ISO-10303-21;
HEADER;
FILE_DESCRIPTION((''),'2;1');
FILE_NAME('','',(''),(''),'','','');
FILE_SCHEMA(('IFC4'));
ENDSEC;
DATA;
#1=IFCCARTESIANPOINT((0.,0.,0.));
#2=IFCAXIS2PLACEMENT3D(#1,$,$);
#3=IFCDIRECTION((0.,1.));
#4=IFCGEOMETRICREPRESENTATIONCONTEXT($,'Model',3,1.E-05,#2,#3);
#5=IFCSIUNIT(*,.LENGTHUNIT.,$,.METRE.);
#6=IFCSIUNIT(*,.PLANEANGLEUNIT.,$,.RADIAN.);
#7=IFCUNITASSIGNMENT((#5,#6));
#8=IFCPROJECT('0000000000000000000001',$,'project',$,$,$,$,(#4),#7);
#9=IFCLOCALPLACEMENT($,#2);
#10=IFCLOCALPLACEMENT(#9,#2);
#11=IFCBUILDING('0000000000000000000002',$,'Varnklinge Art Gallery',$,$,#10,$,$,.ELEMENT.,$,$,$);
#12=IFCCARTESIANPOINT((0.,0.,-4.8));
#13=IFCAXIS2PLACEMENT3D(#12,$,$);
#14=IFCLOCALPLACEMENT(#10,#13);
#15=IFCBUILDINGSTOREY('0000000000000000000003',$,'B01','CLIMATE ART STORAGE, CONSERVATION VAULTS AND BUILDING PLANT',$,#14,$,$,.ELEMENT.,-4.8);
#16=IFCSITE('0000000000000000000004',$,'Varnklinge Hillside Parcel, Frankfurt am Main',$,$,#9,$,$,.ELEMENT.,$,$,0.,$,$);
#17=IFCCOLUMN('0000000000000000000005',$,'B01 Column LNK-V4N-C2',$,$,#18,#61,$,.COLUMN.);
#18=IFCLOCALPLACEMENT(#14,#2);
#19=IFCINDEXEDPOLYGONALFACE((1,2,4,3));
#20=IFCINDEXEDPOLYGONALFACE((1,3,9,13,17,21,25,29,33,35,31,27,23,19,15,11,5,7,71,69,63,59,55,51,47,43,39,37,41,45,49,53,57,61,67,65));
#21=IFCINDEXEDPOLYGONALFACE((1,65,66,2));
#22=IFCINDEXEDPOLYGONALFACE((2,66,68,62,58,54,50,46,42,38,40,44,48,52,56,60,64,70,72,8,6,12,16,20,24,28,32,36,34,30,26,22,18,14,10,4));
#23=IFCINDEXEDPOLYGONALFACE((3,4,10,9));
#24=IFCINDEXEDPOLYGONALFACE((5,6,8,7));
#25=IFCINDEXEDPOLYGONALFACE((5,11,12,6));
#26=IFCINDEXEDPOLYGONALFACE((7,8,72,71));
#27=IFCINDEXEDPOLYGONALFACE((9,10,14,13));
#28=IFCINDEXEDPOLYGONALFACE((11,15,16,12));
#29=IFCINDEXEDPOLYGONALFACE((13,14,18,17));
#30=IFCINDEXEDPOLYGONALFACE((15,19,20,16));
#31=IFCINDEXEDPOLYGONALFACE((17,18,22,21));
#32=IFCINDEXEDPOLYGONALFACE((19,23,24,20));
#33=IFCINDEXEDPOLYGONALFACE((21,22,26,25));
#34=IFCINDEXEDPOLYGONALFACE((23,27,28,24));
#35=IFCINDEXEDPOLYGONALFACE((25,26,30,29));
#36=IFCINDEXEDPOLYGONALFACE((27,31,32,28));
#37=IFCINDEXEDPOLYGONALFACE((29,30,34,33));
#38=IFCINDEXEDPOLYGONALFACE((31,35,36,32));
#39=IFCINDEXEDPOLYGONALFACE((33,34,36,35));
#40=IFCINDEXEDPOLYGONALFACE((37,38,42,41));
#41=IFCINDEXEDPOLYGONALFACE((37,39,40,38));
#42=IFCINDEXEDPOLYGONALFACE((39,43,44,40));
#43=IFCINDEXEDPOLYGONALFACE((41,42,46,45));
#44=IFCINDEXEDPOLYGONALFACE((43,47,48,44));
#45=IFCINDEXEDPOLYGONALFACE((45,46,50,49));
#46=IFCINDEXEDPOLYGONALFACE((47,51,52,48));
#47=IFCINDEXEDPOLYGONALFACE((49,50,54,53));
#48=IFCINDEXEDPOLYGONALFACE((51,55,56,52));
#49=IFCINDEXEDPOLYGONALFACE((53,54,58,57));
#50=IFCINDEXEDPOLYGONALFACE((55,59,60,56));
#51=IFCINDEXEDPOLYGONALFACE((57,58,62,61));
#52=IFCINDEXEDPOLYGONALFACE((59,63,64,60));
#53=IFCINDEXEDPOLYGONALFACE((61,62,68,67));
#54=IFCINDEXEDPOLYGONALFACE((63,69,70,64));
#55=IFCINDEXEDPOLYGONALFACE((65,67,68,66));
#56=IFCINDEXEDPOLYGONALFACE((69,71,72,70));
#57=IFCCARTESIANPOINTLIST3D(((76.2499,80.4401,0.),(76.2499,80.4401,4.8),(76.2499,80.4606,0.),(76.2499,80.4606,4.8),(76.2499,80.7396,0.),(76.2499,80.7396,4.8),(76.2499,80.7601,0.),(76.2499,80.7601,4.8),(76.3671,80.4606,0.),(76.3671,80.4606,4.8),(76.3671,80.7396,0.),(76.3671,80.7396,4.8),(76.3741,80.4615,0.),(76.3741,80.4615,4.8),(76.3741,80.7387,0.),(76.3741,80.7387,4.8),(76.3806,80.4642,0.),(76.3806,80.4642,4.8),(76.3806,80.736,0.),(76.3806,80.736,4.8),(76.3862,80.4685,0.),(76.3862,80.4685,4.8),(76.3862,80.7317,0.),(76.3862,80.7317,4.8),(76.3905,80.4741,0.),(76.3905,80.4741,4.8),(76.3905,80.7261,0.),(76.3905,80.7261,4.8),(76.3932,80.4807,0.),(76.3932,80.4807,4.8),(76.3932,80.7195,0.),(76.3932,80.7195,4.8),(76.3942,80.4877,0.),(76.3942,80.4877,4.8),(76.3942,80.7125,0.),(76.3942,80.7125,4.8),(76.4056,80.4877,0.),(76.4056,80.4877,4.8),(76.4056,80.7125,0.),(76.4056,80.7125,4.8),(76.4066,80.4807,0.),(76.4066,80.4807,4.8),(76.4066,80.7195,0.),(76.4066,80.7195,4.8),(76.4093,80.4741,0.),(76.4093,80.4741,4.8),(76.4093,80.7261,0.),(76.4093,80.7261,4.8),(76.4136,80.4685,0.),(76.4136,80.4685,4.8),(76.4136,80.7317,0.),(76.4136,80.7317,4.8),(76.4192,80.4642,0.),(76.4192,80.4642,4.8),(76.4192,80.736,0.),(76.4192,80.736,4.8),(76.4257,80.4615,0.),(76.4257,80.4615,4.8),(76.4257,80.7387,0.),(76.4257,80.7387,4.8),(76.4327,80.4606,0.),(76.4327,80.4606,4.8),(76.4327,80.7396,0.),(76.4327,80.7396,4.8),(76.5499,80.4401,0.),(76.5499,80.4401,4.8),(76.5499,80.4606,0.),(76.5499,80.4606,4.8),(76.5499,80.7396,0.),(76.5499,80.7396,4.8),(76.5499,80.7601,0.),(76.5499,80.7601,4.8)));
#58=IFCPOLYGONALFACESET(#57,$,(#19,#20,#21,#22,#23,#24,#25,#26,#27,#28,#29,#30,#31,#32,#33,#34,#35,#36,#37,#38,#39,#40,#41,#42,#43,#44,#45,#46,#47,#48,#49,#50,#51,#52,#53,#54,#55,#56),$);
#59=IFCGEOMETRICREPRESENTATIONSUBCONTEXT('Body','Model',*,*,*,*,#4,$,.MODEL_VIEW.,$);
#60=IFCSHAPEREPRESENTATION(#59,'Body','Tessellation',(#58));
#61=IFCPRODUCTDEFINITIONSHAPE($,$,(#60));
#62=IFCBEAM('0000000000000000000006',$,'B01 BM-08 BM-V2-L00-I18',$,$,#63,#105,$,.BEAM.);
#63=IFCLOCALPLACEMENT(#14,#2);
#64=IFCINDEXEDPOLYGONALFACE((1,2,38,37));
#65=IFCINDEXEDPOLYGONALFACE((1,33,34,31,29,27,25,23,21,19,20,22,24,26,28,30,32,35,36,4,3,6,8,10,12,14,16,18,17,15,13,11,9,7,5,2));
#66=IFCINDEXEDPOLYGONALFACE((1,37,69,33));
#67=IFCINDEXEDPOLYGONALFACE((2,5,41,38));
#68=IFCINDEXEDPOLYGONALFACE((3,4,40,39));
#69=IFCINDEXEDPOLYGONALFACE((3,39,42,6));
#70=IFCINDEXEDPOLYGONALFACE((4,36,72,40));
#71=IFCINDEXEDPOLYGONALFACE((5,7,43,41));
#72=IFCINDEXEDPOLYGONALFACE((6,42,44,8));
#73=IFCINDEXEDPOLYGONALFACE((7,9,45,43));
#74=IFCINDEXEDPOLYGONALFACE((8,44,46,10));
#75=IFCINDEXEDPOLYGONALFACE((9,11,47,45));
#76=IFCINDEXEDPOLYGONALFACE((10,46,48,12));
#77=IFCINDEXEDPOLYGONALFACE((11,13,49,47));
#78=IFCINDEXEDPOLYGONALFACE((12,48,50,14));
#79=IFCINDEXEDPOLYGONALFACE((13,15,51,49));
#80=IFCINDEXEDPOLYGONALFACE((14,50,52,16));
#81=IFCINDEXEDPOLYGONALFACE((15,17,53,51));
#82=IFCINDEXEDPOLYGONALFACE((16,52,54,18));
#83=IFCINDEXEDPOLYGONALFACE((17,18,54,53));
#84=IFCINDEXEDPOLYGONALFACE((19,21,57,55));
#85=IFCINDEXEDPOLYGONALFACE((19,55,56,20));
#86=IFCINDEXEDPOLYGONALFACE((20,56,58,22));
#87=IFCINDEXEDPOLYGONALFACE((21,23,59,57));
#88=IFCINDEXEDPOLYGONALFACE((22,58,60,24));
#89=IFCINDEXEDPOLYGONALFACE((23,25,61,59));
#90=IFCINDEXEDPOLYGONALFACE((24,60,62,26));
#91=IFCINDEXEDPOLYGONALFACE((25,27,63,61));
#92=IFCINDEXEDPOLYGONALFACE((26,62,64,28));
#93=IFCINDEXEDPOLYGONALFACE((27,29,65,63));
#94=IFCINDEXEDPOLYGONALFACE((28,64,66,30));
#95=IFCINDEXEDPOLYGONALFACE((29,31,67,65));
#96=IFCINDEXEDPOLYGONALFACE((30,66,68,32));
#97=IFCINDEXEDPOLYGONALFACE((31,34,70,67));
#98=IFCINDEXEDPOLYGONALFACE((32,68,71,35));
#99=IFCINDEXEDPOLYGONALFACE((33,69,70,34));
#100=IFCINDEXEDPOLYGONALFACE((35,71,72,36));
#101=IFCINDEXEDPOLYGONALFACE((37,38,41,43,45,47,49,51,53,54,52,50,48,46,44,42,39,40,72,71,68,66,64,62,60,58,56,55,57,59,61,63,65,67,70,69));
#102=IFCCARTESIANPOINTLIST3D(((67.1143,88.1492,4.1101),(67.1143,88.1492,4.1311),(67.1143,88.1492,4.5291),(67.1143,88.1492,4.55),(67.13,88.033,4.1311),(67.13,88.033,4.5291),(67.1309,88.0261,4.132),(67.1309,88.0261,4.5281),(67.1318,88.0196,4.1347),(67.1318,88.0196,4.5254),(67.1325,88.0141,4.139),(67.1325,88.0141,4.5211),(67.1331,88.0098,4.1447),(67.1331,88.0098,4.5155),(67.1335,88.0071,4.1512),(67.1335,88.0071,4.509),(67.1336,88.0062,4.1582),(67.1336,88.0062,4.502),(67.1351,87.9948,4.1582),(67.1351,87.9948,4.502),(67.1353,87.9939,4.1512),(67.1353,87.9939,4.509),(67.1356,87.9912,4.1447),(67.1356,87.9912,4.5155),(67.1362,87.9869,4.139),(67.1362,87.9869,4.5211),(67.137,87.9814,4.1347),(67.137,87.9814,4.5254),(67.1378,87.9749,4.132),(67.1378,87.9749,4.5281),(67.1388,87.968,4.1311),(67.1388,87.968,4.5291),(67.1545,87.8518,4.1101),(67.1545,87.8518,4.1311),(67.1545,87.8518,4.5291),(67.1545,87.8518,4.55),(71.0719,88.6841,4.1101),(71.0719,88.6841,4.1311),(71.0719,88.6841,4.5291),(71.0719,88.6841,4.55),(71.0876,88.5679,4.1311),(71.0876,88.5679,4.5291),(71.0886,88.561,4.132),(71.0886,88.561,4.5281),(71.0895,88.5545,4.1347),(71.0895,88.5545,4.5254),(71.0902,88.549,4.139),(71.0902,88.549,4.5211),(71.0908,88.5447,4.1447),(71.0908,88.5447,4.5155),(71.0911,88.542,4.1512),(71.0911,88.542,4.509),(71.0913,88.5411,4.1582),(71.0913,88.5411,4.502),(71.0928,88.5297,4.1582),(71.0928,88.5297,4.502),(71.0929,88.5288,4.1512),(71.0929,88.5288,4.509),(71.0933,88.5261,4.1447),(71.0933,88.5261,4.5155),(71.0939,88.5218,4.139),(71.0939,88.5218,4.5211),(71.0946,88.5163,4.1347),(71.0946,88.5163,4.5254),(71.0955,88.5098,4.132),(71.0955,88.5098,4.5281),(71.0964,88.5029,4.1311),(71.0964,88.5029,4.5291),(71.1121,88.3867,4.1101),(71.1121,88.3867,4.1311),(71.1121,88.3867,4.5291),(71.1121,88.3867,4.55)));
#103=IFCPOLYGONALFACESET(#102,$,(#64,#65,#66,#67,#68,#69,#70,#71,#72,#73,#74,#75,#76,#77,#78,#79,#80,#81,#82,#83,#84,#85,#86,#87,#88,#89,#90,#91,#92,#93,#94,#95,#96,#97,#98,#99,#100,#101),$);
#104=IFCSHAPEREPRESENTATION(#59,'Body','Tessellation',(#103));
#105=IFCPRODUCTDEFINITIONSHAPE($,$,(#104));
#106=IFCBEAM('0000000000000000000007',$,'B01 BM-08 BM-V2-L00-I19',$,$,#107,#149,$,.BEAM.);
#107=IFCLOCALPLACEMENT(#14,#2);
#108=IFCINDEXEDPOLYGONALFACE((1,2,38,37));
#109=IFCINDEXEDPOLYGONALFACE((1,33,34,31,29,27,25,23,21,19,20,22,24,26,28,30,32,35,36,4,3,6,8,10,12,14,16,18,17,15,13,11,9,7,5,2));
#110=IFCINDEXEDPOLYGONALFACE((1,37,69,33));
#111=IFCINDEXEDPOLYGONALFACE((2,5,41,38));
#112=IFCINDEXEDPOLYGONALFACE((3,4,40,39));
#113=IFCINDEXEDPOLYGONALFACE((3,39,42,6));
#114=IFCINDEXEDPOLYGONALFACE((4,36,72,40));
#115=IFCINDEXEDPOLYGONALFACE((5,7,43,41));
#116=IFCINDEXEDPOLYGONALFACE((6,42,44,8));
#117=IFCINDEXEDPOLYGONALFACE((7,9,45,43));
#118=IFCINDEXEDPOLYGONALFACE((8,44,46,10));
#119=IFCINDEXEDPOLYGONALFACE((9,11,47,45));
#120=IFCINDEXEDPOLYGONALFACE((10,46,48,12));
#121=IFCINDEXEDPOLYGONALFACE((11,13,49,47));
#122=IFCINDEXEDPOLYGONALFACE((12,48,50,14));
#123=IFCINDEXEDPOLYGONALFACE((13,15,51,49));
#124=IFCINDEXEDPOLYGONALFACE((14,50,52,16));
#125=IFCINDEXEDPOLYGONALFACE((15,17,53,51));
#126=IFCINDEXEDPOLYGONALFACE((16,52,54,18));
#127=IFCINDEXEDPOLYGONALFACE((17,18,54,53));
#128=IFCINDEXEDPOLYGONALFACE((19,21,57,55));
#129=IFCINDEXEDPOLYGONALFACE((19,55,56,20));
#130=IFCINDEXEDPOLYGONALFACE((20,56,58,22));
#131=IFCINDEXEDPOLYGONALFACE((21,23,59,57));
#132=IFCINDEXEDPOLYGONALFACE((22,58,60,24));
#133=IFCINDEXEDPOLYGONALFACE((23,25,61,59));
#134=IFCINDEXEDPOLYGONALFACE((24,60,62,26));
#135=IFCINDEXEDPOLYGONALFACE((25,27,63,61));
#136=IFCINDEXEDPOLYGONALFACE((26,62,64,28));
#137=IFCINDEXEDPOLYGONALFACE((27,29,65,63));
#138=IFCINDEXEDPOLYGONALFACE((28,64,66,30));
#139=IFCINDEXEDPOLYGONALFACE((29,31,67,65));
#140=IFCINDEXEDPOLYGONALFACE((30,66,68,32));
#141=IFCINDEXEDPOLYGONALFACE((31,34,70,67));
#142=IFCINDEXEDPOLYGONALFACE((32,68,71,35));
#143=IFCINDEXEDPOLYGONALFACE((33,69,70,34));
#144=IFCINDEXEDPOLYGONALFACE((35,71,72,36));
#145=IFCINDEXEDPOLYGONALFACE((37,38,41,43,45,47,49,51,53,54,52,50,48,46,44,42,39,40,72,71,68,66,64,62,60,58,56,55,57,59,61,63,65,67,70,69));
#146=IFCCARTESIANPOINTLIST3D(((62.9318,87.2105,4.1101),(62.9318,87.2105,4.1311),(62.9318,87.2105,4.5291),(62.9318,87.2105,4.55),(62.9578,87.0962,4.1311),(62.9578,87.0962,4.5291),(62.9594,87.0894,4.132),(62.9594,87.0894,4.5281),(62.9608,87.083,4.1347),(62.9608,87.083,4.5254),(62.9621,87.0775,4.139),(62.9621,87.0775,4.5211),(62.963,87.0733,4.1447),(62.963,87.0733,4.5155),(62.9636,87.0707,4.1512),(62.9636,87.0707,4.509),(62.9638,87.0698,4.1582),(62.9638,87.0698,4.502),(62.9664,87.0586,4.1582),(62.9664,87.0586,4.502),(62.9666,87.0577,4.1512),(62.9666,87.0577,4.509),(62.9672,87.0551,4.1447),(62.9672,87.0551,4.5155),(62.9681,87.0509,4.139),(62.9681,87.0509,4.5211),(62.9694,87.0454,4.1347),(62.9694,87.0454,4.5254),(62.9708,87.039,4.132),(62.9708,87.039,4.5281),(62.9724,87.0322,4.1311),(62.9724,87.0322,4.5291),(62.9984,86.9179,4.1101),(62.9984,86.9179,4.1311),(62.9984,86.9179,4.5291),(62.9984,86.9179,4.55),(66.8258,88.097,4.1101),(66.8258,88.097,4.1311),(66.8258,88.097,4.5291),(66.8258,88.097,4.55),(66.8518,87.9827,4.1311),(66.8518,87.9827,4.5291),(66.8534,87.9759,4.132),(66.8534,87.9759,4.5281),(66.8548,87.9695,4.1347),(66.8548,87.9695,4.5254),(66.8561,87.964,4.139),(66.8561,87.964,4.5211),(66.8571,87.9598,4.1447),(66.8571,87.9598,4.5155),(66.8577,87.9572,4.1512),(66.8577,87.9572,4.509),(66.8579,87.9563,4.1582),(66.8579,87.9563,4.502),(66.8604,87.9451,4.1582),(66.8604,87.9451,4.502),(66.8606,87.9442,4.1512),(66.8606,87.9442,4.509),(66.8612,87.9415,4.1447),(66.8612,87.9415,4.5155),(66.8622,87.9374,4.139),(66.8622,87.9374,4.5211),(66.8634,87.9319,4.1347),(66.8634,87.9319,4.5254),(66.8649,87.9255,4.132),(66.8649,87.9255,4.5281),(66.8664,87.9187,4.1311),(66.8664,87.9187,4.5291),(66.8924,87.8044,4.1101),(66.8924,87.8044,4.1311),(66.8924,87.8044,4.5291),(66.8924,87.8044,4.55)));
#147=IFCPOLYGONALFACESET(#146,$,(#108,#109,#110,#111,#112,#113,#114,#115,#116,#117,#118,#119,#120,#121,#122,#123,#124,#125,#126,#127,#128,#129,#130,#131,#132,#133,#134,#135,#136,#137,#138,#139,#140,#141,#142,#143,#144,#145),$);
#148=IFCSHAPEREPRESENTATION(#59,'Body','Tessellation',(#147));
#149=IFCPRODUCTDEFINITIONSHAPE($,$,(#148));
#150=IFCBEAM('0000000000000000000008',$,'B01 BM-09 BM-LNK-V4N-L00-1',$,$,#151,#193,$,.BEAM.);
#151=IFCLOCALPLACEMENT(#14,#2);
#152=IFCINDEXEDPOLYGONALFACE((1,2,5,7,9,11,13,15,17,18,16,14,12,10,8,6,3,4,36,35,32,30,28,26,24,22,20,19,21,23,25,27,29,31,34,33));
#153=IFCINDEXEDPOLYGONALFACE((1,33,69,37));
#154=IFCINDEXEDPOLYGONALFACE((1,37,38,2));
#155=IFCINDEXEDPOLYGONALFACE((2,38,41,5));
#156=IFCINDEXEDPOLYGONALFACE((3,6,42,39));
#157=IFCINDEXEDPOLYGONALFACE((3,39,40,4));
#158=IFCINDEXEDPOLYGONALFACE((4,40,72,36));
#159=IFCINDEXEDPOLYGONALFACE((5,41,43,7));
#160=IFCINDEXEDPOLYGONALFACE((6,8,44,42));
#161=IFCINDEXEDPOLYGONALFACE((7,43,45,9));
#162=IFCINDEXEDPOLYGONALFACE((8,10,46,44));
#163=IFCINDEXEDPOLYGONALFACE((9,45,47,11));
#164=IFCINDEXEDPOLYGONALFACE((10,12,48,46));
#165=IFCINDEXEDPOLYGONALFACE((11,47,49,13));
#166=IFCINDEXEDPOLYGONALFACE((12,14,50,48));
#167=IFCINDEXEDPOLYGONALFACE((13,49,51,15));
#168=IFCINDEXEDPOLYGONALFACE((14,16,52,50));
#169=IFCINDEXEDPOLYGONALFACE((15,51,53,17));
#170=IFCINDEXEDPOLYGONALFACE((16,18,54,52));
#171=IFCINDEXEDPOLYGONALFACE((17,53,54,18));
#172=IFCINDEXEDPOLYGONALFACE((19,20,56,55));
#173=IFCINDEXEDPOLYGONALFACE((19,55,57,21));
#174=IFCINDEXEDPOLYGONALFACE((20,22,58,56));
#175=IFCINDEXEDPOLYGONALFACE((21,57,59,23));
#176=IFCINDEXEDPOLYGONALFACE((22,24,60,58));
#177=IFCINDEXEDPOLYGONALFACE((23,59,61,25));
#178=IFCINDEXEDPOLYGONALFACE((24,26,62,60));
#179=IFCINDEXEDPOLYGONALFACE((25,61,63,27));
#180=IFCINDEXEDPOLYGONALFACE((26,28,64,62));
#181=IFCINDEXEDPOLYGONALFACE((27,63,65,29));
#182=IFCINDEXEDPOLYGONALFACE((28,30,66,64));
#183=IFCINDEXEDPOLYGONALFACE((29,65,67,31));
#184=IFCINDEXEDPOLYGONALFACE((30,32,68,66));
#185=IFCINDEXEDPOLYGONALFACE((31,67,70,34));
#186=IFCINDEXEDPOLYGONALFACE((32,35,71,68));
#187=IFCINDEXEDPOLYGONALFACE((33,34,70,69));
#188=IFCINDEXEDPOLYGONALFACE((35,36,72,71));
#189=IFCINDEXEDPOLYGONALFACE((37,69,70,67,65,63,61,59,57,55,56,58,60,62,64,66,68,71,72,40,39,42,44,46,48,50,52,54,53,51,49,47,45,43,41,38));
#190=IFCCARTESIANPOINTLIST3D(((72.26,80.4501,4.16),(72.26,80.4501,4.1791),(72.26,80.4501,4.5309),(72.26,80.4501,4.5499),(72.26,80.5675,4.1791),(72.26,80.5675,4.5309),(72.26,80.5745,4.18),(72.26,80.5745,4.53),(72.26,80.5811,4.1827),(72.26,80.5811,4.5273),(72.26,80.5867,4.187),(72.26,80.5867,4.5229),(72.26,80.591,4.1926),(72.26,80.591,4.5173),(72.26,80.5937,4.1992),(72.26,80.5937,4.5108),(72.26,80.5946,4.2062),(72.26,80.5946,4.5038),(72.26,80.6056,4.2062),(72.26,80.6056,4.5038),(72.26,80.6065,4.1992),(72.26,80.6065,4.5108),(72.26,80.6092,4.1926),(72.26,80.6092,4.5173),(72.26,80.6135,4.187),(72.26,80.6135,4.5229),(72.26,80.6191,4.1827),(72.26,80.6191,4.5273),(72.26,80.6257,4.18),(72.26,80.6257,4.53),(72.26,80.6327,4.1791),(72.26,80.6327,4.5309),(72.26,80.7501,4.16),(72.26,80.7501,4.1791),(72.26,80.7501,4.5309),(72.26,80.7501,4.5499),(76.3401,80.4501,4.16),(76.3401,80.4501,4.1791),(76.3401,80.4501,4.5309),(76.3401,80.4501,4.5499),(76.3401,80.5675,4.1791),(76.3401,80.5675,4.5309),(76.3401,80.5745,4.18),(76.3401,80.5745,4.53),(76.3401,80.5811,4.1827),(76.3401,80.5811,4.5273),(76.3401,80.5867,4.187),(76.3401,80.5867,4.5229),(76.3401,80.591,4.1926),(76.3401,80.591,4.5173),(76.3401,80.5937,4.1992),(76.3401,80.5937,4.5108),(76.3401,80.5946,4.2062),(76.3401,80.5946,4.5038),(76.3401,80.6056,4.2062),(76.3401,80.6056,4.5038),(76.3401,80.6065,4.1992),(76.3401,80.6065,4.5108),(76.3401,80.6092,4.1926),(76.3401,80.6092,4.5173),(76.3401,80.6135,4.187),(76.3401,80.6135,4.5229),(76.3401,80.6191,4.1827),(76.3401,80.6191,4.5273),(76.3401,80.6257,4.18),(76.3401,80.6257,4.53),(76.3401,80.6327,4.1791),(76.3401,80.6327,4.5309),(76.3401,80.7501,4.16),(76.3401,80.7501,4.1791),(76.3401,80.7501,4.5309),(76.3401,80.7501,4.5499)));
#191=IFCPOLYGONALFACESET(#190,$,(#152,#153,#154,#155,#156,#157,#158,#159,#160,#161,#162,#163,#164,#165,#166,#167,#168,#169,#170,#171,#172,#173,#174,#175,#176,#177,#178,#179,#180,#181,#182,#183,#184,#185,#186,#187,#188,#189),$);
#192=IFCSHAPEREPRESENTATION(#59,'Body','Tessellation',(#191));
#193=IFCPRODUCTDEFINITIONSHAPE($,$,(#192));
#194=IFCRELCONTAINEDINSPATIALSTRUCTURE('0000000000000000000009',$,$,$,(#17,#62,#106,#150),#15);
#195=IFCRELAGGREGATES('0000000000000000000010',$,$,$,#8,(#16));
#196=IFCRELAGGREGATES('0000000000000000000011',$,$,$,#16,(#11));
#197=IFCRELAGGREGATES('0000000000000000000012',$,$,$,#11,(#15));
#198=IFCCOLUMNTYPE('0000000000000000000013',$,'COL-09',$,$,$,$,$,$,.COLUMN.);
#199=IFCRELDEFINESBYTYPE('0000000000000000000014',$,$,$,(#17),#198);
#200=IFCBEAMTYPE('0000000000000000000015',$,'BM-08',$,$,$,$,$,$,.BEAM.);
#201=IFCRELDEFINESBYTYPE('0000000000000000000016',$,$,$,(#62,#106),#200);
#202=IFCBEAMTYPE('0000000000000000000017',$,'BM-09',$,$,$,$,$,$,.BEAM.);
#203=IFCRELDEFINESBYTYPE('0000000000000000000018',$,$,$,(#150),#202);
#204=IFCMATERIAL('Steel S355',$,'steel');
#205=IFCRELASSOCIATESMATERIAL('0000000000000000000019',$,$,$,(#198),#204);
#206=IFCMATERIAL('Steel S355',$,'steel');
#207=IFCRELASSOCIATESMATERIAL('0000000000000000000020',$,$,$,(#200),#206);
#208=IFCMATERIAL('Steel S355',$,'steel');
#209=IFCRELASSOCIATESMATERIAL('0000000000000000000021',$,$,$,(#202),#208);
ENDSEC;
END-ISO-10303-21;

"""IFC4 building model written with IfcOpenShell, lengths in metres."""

from ifc_helpers import new_model, si_unit, direction, frame, origin, origin_2d, place, context, subcontext, project, spatial, i_section, extrude, material, material_profile, profile_set, type_object, element, save


model = new_model("IFC4")

# Units and contexts
model_context = context("Model", 3, precision=1e-05, world=origin(), true_north=direction((0.0, 1.0)))
body_context = subcontext(model_context, "Body", "Model", "MODEL_VIEW")
ifc_project = project(units=[si_unit("LENGTHUNIT", "METRE"), si_unit("PLANEANGLEUNIT", "RADIAN")], contexts=[model_context])

# Site, building, storey
site_placement = place(None, origin())
site = spatial("IfcSite", under=ifc_project, at=site_placement, Name="Varnklinge Hillside Parcel, Frankfurt am Main", CompositionType="ELEMENT", RefElevation=0.0)
building_placement = place(site_placement, origin())
building = spatial("IfcBuilding", under=site, at=building_placement, Name="Varnklinge Art Gallery", CompositionType="ELEMENT")
storey_placement = place(building_placement, frame((0.0, 0.0, -4.8)))
storey = spatial("IfcBuildingStorey", under=building, at=storey_placement, Name="B01", Description="CLIMATE ART STORAGE, CONSERVATION VAULTS AND BUILDING PLANT", CompositionType="ELEMENT", Elevation=-4.8)

# Column
ifc_material_1 = material(Name="Steel S355", Category="steel")
ifc_material_profile_1 = material_profile(ifc_material_1, i_section(OverallWidth=0.3, OverallDepth=0.3201, WebThickness=0.0115, FlangeThickness=0.0205, FilletRadius=0.0271, at=origin_2d()), Name="HEB 320")
ifc_profile_set_1 = profile_set([ifc_material_profile_1], Name="Steel S355")
column_type_1 = type_object("IfcColumnType", Name="COL-09", PredefinedType="COLUMN", material=ifc_profile_set_1)
for number, where, z_axis, x_axis, name in (
    (1, (76.3999, 80.6001, 0.0), (0.0, 0.0, 1.0), (1.0, 0.0, 0.0), "B01 Column LNK-V4N-C2"),
):
    element("IfcColumn", number, at=place(storey_placement, frame(where, z_axis=z_axis, x_axis=x_axis)), inside=storey, type_object=column_type_1, Name=name, PredefinedType="COLUMN", context=body_context, shape_type="SweptSolid", body=[
        extrude(i_section(OverallWidth=0.3, OverallDepth=0.3201, WebThickness=0.0115, FlangeThickness=0.0205, FilletRadius=0.0271, at=origin_2d()), origin(), (0.0, 0.0, 1.0), 4.8),
    ])

# Beams
ifc_material_2 = material(Name="Steel S355", Category="steel")
ifc_material_profile_2 = material_profile(ifc_material_2, i_section(OverallWidth=0.3, OverallDepth=0.4399, WebThickness=0.0115, FlangeThickness=0.021, FilletRadius=0.0271, at=origin_2d()), Name="HEA 450")
ifc_profile_set_2 = profile_set([ifc_material_profile_2], Name="Steel S355")
beam_type_1 = type_object("IfcBeamType", Name="BM-08", PredefinedType="BEAM", material=ifc_profile_set_2)
for number, where, z_axis, x_axis, name in (
    (2, (71.092, 88.5354, 4.3301), (-0.99099, -0.133937, 0.0), (0.133937, -0.99099, 0.0), "B01 BM-08 BM-V2-L00-I18"),
    (3, (66.8591, 87.9507, 4.3301), (-0.975054, -0.22197, 0.0), (0.22197, -0.975054, 0.0), "B01 BM-08 BM-V2-L00-I19"),
):
    element("IfcBeam", number, at=place(storey_placement, frame(where, z_axis=z_axis, x_axis=x_axis)), inside=storey, type_object=beam_type_1, Name=name, PredefinedType="BEAM", context=body_context, shape_type="SweptSolid", body=[
        extrude(i_section(OverallWidth=0.3, OverallDepth=0.4399, WebThickness=0.0115, FlangeThickness=0.021, FilletRadius=0.0271, at=origin_2d()), origin(), (0.0, 0.0, 1.0), 3.9937),
    ])
ifc_material_3 = material(Name="Steel S355", Category="steel")
ifc_material_profile_3 = material_profile(ifc_material_3, i_section(OverallWidth=0.3, OverallDepth=0.3899, WebThickness=0.011, FlangeThickness=0.019, FilletRadius=0.0271, at=origin_2d()), Name="HEA 400")
ifc_profile_set_3 = profile_set([ifc_material_profile_3], Name="Steel S355")
beam_type_2 = type_object("IfcBeamType", Name="BM-09", PredefinedType="BEAM", material=ifc_profile_set_3)
beam_1_placement = place(storey_placement, frame((72.26, 80.6001, 4.355), z_axis=(1.0, 0.0, 0.0), x_axis=(0.0, 1.0, 0.0)))
element("IfcBeam", 4, at=beam_1_placement, inside=storey, type_object=beam_type_2, Name="B01 BM-09 BM-LNK-V4N-L00-1", PredefinedType="BEAM", context=body_context, shape_type="SweptSolid", body=[
    extrude(i_section(OverallWidth=0.3, OverallDepth=0.3899, WebThickness=0.011, FlangeThickness=0.019, FilletRadius=0.0271, at=origin_2d()), origin(), (0.0, 0.0, 1.0), 4.0801),
])

save(model, "model.ifc")
